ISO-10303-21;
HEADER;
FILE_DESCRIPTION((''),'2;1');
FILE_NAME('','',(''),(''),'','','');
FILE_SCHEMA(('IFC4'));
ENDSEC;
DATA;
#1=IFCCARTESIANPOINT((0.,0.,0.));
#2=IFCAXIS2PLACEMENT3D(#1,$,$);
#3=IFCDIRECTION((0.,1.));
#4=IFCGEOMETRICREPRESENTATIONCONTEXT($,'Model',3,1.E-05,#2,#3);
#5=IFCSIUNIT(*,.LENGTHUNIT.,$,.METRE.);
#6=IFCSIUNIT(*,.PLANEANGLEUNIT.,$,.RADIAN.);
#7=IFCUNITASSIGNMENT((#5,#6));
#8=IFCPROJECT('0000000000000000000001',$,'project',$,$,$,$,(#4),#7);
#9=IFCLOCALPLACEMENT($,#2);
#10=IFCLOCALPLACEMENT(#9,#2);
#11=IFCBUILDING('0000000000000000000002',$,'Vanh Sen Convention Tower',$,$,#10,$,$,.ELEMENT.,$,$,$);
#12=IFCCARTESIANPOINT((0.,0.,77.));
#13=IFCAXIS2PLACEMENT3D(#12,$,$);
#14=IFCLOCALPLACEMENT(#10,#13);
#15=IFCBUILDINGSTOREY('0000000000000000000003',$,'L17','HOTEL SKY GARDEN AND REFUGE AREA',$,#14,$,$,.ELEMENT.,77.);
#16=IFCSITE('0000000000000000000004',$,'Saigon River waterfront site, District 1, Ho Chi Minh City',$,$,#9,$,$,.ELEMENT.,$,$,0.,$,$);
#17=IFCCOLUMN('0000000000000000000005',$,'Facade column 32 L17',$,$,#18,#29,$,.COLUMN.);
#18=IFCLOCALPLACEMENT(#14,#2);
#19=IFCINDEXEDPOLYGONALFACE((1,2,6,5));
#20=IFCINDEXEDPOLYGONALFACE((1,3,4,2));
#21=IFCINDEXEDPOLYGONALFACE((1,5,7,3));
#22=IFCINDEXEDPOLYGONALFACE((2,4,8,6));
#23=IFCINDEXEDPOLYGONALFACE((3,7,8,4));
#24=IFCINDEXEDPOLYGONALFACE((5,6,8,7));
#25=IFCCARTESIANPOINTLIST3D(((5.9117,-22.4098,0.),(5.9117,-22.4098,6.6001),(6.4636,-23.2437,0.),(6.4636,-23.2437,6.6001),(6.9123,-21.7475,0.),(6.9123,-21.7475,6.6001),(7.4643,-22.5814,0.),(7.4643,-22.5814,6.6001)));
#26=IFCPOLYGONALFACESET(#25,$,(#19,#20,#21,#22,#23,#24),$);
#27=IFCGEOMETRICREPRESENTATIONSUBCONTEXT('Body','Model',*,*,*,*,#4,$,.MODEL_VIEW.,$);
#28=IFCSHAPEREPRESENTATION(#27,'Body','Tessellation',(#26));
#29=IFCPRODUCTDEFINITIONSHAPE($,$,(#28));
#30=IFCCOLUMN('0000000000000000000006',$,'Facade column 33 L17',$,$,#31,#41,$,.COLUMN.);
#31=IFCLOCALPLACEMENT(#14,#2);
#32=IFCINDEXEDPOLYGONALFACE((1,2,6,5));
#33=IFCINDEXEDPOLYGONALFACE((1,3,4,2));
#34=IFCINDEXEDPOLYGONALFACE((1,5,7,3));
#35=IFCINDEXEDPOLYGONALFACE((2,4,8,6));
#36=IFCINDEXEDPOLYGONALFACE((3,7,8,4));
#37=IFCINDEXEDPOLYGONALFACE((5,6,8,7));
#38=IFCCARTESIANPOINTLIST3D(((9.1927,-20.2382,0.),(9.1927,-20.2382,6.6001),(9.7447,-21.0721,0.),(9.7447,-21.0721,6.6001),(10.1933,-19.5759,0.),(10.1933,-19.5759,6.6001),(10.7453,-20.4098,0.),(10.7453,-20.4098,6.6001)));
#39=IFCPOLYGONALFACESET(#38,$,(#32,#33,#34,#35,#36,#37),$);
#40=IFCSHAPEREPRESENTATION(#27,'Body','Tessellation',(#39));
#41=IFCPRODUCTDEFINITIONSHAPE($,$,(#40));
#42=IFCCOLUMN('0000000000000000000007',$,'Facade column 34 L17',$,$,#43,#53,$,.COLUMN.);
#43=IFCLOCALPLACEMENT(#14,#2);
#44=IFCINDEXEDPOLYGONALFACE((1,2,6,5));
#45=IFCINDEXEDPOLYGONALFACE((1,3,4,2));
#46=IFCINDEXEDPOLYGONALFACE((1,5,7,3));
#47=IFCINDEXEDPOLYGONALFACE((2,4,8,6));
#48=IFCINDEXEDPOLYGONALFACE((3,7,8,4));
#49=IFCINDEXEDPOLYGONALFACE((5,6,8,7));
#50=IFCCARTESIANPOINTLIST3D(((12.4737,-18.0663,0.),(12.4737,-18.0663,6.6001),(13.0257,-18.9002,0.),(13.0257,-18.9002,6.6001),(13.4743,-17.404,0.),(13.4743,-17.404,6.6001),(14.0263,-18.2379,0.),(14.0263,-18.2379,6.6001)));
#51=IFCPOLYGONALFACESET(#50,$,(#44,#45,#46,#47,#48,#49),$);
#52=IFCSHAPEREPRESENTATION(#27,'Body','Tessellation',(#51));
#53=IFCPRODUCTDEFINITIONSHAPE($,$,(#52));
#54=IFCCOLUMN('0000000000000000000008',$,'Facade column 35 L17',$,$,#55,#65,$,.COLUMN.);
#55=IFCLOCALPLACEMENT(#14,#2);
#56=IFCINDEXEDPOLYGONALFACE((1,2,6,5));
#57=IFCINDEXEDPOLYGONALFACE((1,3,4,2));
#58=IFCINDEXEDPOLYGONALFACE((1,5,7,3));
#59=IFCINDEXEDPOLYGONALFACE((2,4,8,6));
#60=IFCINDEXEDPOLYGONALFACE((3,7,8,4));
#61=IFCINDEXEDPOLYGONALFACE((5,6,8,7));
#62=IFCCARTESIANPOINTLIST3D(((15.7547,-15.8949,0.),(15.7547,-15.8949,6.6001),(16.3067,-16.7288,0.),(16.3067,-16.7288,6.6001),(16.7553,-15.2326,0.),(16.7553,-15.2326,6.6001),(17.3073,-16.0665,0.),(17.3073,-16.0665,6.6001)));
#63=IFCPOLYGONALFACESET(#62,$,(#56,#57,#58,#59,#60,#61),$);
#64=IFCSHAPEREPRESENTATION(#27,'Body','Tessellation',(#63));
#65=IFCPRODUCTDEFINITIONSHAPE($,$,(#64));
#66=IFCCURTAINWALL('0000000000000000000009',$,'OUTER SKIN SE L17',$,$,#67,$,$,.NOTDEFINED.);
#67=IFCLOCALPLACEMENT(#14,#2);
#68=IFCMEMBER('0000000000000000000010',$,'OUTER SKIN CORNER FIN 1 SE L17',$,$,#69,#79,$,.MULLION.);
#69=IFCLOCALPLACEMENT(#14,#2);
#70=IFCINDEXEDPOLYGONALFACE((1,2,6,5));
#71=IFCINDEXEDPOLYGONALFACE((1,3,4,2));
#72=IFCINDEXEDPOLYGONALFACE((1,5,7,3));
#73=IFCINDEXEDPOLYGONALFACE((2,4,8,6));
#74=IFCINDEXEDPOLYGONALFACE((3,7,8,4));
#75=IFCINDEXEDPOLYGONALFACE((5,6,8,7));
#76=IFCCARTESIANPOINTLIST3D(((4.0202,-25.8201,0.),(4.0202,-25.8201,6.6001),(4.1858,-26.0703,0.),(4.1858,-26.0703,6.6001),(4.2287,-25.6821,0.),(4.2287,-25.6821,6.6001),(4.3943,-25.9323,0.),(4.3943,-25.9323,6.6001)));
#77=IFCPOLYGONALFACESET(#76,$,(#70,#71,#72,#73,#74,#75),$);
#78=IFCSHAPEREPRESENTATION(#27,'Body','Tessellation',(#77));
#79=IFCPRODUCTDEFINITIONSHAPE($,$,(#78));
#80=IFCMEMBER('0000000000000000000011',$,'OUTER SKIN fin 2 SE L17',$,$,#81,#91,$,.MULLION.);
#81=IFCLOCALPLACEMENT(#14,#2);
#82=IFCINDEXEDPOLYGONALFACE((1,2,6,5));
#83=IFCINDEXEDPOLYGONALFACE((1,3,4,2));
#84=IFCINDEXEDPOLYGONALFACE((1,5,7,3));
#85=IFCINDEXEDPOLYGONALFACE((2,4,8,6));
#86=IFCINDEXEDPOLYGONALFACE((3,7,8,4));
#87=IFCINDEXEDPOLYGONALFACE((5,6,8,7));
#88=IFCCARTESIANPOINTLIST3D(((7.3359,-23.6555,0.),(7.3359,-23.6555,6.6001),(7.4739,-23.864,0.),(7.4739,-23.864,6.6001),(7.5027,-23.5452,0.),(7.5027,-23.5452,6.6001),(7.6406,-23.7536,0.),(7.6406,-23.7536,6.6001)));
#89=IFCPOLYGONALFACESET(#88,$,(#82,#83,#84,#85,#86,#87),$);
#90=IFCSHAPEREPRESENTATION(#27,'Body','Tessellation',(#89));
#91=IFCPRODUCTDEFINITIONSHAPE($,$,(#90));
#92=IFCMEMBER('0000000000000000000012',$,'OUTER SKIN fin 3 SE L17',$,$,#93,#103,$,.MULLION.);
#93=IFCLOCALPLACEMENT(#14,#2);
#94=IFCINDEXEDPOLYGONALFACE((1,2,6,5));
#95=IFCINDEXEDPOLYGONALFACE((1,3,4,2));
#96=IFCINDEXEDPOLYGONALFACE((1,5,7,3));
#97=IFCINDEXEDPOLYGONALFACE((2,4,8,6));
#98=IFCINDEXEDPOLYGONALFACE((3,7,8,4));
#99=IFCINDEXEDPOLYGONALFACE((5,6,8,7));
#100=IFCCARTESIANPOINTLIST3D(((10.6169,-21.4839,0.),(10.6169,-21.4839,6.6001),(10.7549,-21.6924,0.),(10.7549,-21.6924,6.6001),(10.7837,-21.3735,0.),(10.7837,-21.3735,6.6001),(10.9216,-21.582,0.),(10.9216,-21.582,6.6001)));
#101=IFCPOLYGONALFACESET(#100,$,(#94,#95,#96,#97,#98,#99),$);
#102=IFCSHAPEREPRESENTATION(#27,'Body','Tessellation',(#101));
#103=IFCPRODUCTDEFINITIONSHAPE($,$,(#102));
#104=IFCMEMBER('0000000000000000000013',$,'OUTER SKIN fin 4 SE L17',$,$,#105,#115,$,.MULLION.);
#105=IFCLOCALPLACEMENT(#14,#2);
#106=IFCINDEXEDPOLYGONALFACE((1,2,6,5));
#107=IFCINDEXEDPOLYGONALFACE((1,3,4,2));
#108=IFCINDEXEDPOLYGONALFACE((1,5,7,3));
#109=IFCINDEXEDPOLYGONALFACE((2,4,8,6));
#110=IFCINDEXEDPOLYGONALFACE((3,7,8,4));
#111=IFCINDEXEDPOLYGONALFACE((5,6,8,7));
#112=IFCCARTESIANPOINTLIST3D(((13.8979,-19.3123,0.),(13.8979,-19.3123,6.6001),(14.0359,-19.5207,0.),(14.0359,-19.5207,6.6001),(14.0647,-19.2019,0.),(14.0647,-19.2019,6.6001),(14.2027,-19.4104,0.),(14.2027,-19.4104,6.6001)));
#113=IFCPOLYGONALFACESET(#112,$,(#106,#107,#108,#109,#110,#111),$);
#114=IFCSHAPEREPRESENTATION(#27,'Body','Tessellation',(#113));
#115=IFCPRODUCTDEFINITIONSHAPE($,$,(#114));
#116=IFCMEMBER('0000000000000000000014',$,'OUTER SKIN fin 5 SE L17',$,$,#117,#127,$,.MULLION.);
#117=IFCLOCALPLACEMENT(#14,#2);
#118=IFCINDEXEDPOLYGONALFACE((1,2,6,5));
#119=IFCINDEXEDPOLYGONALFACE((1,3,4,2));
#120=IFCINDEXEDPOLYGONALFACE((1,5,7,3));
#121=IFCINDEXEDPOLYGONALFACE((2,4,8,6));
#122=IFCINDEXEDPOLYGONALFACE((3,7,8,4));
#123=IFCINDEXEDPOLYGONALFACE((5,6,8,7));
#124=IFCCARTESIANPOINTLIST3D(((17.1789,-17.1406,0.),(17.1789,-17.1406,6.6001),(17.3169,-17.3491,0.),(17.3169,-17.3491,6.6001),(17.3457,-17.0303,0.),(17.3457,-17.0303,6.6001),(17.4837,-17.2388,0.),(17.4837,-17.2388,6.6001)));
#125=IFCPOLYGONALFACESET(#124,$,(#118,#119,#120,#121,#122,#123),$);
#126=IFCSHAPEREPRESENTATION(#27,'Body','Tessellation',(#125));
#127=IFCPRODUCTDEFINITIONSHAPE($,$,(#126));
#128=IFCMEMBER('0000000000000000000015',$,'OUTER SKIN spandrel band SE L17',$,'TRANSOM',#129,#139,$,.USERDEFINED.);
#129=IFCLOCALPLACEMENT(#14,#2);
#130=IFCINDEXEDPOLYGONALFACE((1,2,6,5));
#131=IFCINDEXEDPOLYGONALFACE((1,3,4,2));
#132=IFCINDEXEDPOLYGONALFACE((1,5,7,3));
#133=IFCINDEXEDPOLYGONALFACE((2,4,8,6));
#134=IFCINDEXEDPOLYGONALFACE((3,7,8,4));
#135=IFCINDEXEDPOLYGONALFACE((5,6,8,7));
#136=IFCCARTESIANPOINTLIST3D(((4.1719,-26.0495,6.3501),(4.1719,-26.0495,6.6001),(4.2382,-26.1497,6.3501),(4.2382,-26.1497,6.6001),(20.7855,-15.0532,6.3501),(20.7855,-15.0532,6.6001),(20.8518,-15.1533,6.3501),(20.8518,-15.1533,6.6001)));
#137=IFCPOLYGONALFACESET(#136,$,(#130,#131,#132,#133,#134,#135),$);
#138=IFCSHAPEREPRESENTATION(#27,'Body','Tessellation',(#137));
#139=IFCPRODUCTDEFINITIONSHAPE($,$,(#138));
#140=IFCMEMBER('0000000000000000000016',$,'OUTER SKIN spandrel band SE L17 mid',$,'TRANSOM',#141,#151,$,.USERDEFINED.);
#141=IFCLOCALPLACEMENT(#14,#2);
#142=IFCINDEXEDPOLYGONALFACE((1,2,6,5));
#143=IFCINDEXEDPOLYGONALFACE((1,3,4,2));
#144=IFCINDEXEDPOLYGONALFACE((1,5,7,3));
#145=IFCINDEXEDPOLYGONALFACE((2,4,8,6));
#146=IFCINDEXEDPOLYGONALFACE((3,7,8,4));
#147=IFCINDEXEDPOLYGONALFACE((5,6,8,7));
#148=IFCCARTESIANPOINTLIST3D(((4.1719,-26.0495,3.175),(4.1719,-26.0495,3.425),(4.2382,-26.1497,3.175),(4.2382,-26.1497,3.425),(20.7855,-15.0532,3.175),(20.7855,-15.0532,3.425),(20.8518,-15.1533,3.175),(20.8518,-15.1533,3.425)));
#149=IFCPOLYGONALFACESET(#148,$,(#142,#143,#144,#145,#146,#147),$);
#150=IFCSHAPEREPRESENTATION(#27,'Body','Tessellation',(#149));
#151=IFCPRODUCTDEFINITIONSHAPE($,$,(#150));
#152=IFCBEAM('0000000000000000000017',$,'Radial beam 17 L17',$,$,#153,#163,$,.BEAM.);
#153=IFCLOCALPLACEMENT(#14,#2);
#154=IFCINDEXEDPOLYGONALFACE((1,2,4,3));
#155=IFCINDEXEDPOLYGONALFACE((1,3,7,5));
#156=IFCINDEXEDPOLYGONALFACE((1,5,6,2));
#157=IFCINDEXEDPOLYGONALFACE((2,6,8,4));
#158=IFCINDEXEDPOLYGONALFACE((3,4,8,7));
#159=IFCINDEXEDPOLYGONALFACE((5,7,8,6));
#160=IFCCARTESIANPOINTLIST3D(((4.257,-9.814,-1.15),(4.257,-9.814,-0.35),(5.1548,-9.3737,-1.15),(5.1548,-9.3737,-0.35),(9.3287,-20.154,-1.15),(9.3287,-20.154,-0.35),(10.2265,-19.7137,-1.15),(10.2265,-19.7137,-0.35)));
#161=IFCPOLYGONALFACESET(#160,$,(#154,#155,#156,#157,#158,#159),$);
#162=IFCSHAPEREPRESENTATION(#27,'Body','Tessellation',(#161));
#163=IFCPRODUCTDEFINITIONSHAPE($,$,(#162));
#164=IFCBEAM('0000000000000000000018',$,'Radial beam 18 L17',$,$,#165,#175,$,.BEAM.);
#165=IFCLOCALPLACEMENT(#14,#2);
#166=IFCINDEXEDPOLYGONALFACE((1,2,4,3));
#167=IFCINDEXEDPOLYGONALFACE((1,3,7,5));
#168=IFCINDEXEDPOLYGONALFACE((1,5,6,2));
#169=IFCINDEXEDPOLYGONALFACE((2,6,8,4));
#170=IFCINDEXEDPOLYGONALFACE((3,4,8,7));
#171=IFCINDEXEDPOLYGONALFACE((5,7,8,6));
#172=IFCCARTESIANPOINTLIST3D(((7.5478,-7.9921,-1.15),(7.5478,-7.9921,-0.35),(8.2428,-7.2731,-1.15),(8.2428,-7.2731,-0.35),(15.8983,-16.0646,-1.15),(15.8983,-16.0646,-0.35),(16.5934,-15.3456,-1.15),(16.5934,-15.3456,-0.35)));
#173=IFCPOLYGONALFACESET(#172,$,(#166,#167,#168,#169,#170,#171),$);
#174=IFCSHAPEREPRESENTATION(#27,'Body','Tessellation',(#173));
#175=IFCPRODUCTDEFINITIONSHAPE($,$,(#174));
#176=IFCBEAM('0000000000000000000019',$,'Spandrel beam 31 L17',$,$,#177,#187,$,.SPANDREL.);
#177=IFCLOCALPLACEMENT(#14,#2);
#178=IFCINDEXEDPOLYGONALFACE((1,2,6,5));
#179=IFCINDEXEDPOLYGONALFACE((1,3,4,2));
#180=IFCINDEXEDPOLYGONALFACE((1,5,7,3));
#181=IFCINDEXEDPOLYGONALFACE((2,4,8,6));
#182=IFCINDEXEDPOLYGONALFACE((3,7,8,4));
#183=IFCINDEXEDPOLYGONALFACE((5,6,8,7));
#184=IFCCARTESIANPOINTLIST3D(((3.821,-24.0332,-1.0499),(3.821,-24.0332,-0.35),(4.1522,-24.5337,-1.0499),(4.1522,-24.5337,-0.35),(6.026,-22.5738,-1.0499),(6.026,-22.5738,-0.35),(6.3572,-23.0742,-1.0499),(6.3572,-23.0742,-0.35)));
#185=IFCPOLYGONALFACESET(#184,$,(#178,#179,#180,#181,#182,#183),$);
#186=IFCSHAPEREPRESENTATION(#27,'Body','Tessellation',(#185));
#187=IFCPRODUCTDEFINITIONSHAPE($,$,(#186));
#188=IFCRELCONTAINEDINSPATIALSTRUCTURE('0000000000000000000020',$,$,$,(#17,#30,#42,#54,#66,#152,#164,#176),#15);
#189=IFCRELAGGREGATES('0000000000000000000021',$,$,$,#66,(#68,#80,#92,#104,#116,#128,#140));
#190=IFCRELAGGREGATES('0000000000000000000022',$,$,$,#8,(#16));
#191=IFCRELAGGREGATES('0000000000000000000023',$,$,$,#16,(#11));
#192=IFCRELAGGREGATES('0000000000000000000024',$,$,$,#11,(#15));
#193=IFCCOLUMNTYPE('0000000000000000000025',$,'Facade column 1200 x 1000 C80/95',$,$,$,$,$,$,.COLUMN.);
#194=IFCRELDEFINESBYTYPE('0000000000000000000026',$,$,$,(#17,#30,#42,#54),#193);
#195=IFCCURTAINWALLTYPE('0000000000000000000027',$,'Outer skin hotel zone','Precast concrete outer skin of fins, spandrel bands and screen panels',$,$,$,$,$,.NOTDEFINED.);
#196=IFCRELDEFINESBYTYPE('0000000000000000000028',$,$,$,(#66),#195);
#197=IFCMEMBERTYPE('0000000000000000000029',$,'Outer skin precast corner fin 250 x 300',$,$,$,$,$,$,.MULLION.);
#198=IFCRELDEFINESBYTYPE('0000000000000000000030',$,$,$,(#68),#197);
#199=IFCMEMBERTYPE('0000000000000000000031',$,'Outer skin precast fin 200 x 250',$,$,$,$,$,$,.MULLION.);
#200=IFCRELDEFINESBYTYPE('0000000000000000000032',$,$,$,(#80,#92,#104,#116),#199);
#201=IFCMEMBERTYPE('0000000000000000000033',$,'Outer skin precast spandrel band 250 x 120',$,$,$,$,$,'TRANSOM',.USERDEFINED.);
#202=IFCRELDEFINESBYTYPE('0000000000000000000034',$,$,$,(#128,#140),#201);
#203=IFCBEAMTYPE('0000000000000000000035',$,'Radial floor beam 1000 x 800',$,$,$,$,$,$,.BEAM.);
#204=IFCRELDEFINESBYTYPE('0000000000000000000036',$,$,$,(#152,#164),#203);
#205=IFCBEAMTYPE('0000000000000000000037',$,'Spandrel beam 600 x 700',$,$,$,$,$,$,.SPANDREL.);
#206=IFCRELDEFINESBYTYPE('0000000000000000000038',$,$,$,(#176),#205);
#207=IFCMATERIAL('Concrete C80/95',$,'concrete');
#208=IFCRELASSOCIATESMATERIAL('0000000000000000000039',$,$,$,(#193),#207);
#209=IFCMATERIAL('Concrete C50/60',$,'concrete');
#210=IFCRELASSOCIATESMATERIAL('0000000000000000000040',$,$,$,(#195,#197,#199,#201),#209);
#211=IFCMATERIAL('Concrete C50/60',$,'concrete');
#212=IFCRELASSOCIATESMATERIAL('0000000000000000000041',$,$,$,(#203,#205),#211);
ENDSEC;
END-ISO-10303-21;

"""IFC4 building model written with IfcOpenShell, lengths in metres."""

from ifc_helpers import new_model, si_unit, direction, frame, origin, origin_2d, place, context, subcontext, project, spatial, rectangle, extrude, material, material_profile, profile_set, type_object, element, aggregate, save


model = new_model("IFC4")

# Units and contexts
model_context = context("Model", 3, precision=1e-05, world=origin(), true_north=direction((0.0, 1.0)))
body_context = subcontext(model_context, "Body", "Model", "MODEL_VIEW")
ifc_project = project(units=[si_unit("LENGTHUNIT", "METRE"), si_unit("PLANEANGLEUNIT", "RADIAN")], contexts=[model_context])

# Site, building, storey
site_placement = place(None, origin())
site = spatial("IfcSite", under=ifc_project, at=site_placement, Name="Saigon River waterfront site, District 1, Ho Chi Minh City", CompositionType="ELEMENT", RefElevation=0.0)
building_placement = place(site_placement, origin())
building = spatial("IfcBuilding", under=site, at=building_placement, Name="Vanh Sen Convention Tower", CompositionType="ELEMENT")
storey_placement = place(building_placement, frame((0.0, 0.0, 77.0)))
storey = spatial("IfcBuildingStorey", under=building, at=storey_placement, Name="L17", Description="HOTEL SKY GARDEN AND REFUGE AREA", CompositionType="ELEMENT", Elevation=77.0)

# Columns
ifc_material_1 = material(Name="Concrete C80/95", Category="concrete")
ifc_material_profile_1 = material_profile(ifc_material_1, rectangle(XDim=1.2, YDim=1.0, at=origin_2d()), Name="RC 1200X1000")
ifc_profile_set_1 = profile_set([ifc_material_profile_1], Name="Concrete C80/95")
column_type = type_object("IfcColumnType", Name="Facade column 1200 x 1000 C80/95", PredefinedType="COLUMN", material=ifc_profile_set_1)
for number, where, z_axis, x_axis, name in (
    (1, (6.688, -22.4956, 0.0), (0.0, 0.0, 1.0), (0.833886, 0.551937, 0.0), "Facade column 32 L17"),
    (2, (9.969, -20.324, 0.0), (0.0, 0.0, 1.0), (0.833886, 0.551937, 0.0), "Facade column 33 L17"),
    (3, (13.25, -18.1521, 0.0), (0.0, 0.0, 1.0), (0.833886, 0.551937, 0.0), "Facade column 34 L17"),
    (4, (16.531, -15.9807, 0.0), (0.0, 0.0, 1.0), (0.833886, 0.551937, 0.0), "Facade column 35 L17"),
):
    element("IfcColumn", number, at=place(storey_placement, frame(where, z_axis=z_axis, x_axis=x_axis)), inside=storey, type_object=column_type, Name=name, PredefinedType="COLUMN", context=body_context, shape_type="SweptSolid", body=[
        extrude(rectangle(XDim=1.2, YDim=1.0, at=origin_2d()), origin(), (0.0, 0.0, 1.0), 6.6001),
    ])

# Curtain wall, members
ifc_material_2 = material(Name="Concrete C50/60", Category="concrete")
curtain_wall_type_1 = type_object("IfcCurtainWallType", Name="Outer skin hotel zone", Description="Precast concrete outer skin of fins, spandrel bands and screen panels", PredefinedType="NOTDEFINED", material=ifc_material_2)
curtain_wall_1_placement = place(storey_placement, origin())
curtain_wall_1 = element("IfcCurtainWall", 5, at=curtain_wall_1_placement, inside=storey, type_object=curtain_wall_type_1, Name="OUTER SKIN SE L17", PredefinedType="NOTDEFINED")
ifc_material_profile_2 = material_profile(ifc_material_2, rectangle(XDim=0.25, YDim=0.3, at=origin_2d()), Name="Outer skin precast corner fin 250 x 300")
ifc_profile_set_2 = profile_set([ifc_material_profile_2], Name="Concrete C50/60")
member_type_1 = type_object("IfcMemberType", Name="Outer skin precast corner fin 250 x 300", PredefinedType="MULLION", material=ifc_profile_set_2)
member_1_placement = place(storey_placement, frame((4.2073, -25.8762, 0.0), z_axis=(0.0, 0.0, 1.0), x_axis=(0.833886, 0.551937, 0.0)))
member_1 = element("IfcMember", 6, at=member_1_placement, type_object=member_type_1, Name="OUTER SKIN CORNER FIN 1 SE L17", PredefinedType="MULLION", context=body_context, shape_type="SweptSolid", body=[
    extrude(rectangle(XDim=0.25, YDim=0.3, at=origin_2d()), origin(), (0.0, 0.0, 1.0), 6.6001),
])
ifc_material_profile_3 = material_profile(ifc_material_2, rectangle(XDim=0.2, YDim=0.25, at=origin_2d()), Name="Outer skin precast fin 200 x 250")
ifc_profile_set_3 = profile_set([ifc_material_profile_3], Name="Concrete C50/60")
member_type_2 = type_object("IfcMemberType", Name="Outer skin precast fin 200 x 250", PredefinedType="MULLION", material=ifc_profile_set_3)
member_2_placement = place(storey_placement, frame((7.4883, -23.7046, 0.0), z_axis=(0.0, 0.0, 1.0), x_axis=(0.833886, 0.551937, 0.0)))
member_2 = element("IfcMember", 7, at=member_2_placement, type_object=member_type_2, Name="OUTER SKIN fin 2 SE L17", PredefinedType="MULLION", context=body_context, shape_type="SweptSolid", body=[
    extrude(rectangle(XDim=0.2, YDim=0.25, at=origin_2d()), origin(), (0.0, 0.0, 1.0), 6.6001),
])
member_3_placement = place(storey_placement, frame((10.7693, -21.533, 0.0), z_axis=(0.0, 0.0, 1.0), x_axis=(0.833886, 0.551937, 0.0)))
member_3 = element("IfcMember", 8, at=member_3_placement, type_object=member_type_2, Name="OUTER SKIN fin 3 SE L17", PredefinedType="MULLION", context=body_context, shape_type="SweptSolid", body=[
    extrude(rectangle(XDim=0.2, YDim=0.25, at=origin_2d()), origin(), (0.0, 0.0, 1.0), 6.6001),
])
member_4_placement = place(storey_placement, frame((14.0503, -19.3613, 0.0), z_axis=(0.0, 0.0, 1.0), x_axis=(0.833886, 0.551937, 0.0)))
member_4 = element("IfcMember", 9, at=member_4_placement, type_object=member_type_2, Name="OUTER SKIN fin 4 SE L17", PredefinedType="MULLION", context=body_context, shape_type="SweptSolid", body=[
    extrude(rectangle(XDim=0.2, YDim=0.25, at=origin_2d()), origin(), (0.0, 0.0, 1.0), 6.6001),
])
member_5_placement = place(storey_placement, frame((17.3313, -17.1897, 0.0), z_axis=(0.0, 0.0, 1.0), x_axis=(0.833886, 0.551937, 0.0)))
member_5 = element("IfcMember", 10, at=member_5_placement, type_object=member_type_2, Name="OUTER SKIN fin 5 SE L17", PredefinedType="MULLION", context=body_context, shape_type="SweptSolid", body=[
    extrude(rectangle(XDim=0.2, YDim=0.25, at=origin_2d()), origin(), (0.0, 0.0, 1.0), 6.6001),
])
ifc_material_profile_4 = material_profile(ifc_material_2, rectangle(XDim=0.1201, YDim=0.25, at=origin_2d()), Name="Outer skin precast spandrel band 250 x 120")
ifc_profile_set_4 = profile_set([ifc_material_profile_4], Name="Concrete C50/60")
member_type_3 = type_object("IfcMemberType", Name="Outer skin precast spandrel band 250 x 120", ElementType="TRANSOM", PredefinedType="USERDEFINED", material=ifc_profile_set_4)
member_6_placement = place(storey_placement, frame((4.2051, -26.0996, 6.4751), z_axis=(0.833884, 0.55194, 0.0), x_axis=(-0.55194, 0.833884, 0.0)))
member_6 = element("IfcMember", 11, at=member_6_placement, type_object=member_type_3, Name="OUTER SKIN spandrel band SE L17", ObjectType="TRANSOM", PredefinedType="USERDEFINED", context=body_context, shape_type="SweptSolid", body=[
    extrude(rectangle(XDim=0.1201, YDim=0.25, at=origin_2d()), origin(), (0.0, 0.0, 1.0), 19.9231),
])
member_7_placement = place(storey_placement, frame((4.2051, -26.0996, 3.3), z_axis=(0.833884, 0.55194, 0.0), x_axis=(-0.55194, 0.833884, 0.0)))
member_7 = element("IfcMember", 12, at=member_7_placement, type_object=member_type_3, Name="OUTER SKIN spandrel band SE L17 mid", ObjectType="TRANSOM", PredefinedType="USERDEFINED", context=body_context, shape_type="SweptSolid", body=[
    extrude(rectangle(XDim=0.1201, YDim=0.25, at=origin_2d()), origin(), (0.0, 0.0, 1.0), 19.9231),
])

# Beams
ifc_material_3 = material(Name="Concrete C50/60", Category="concrete")
ifc_material_profile_5 = material_profile(ifc_material_3, rectangle(XDim=1.0, YDim=0.8, at=origin_2d()), Name="RC 1000X800")
ifc_profile_set_5 = profile_set([ifc_material_profile_5], Name="Concrete C50/60")
beam_type_1 = type_object("IfcBeamType", Name="Radial floor beam 1000 x 800", PredefinedType="BEAM", material=ifc_profile_set_5)
beam_1_placement = place(storey_placement, frame((9.7776, -19.9338, -0.75), z_axis=(-0.440375, 0.897814, 0.0), x_axis=(-0.897814, -0.440375, 0.0)))
element("IfcBeam", 13, at=beam_1_placement, inside=storey, type_object=beam_type_1, Name="Radial beam 17 L17", PredefinedType="BEAM", context=body_context, shape_type="SweptSolid", body=[
    extrude(rectangle(XDim=1.0, YDim=0.8, at=origin_2d()), origin(), (0.0, 0.0, 1.0), 11.5168),
])
beam_2_placement = place(storey_placement, frame((16.2458, -15.7051, -0.75), z_axis=(-0.718976, 0.695034, 0.0), x_axis=(-0.695034, -0.718976, 0.0)))
element("IfcBeam", 14, at=beam_2_placement, inside=storey, type_object=beam_type_1, Name="Radial beam 18 L17", PredefinedType="BEAM", context=body_context, shape_type="SweptSolid", body=[
    extrude(rectangle(XDim=1.0, YDim=0.8, at=origin_2d()), origin(), (0.0, 0.0, 1.0), 11.6145),
])
ifc_material_profile_6 = material_profile(ifc_material_3, rectangle(XDim=0.6001, YDim=0.7, at=origin_2d()), Name="RC 600X700")
ifc_profile_set_6 = profile_set([ifc_material_profile_6], Name="Concrete C50/60")
beam_type_2 = type_object("IfcBeamType", Name="Spandrel beam 600 x 700", PredefinedType="SPANDREL", material=ifc_profile_set_6)
beam_3_placement = place(storey_placement, frame((3.9866, -24.2834, -0.7), z_axis=(0.833892, 0.551927, 0.0), x_axis=(-0.551927, 0.833892, 0.0)))
element("IfcBeam", 15, at=beam_3_placement, inside=storey, type_object=beam_type_2, Name="Spandrel beam 31 L17", PredefinedType="SPANDREL", context=body_context, shape_type="SweptSolid", body=[
    extrude(rectangle(XDim=0.6001, YDim=0.7, at=origin_2d()), origin(), (0.0, 0.0, 1.0), 2.6443),
])

aggregate(curtain_wall_1, [member_1, member_2, member_3, member_4, member_5, member_6, member_7])

save(model, "model.ifc")
